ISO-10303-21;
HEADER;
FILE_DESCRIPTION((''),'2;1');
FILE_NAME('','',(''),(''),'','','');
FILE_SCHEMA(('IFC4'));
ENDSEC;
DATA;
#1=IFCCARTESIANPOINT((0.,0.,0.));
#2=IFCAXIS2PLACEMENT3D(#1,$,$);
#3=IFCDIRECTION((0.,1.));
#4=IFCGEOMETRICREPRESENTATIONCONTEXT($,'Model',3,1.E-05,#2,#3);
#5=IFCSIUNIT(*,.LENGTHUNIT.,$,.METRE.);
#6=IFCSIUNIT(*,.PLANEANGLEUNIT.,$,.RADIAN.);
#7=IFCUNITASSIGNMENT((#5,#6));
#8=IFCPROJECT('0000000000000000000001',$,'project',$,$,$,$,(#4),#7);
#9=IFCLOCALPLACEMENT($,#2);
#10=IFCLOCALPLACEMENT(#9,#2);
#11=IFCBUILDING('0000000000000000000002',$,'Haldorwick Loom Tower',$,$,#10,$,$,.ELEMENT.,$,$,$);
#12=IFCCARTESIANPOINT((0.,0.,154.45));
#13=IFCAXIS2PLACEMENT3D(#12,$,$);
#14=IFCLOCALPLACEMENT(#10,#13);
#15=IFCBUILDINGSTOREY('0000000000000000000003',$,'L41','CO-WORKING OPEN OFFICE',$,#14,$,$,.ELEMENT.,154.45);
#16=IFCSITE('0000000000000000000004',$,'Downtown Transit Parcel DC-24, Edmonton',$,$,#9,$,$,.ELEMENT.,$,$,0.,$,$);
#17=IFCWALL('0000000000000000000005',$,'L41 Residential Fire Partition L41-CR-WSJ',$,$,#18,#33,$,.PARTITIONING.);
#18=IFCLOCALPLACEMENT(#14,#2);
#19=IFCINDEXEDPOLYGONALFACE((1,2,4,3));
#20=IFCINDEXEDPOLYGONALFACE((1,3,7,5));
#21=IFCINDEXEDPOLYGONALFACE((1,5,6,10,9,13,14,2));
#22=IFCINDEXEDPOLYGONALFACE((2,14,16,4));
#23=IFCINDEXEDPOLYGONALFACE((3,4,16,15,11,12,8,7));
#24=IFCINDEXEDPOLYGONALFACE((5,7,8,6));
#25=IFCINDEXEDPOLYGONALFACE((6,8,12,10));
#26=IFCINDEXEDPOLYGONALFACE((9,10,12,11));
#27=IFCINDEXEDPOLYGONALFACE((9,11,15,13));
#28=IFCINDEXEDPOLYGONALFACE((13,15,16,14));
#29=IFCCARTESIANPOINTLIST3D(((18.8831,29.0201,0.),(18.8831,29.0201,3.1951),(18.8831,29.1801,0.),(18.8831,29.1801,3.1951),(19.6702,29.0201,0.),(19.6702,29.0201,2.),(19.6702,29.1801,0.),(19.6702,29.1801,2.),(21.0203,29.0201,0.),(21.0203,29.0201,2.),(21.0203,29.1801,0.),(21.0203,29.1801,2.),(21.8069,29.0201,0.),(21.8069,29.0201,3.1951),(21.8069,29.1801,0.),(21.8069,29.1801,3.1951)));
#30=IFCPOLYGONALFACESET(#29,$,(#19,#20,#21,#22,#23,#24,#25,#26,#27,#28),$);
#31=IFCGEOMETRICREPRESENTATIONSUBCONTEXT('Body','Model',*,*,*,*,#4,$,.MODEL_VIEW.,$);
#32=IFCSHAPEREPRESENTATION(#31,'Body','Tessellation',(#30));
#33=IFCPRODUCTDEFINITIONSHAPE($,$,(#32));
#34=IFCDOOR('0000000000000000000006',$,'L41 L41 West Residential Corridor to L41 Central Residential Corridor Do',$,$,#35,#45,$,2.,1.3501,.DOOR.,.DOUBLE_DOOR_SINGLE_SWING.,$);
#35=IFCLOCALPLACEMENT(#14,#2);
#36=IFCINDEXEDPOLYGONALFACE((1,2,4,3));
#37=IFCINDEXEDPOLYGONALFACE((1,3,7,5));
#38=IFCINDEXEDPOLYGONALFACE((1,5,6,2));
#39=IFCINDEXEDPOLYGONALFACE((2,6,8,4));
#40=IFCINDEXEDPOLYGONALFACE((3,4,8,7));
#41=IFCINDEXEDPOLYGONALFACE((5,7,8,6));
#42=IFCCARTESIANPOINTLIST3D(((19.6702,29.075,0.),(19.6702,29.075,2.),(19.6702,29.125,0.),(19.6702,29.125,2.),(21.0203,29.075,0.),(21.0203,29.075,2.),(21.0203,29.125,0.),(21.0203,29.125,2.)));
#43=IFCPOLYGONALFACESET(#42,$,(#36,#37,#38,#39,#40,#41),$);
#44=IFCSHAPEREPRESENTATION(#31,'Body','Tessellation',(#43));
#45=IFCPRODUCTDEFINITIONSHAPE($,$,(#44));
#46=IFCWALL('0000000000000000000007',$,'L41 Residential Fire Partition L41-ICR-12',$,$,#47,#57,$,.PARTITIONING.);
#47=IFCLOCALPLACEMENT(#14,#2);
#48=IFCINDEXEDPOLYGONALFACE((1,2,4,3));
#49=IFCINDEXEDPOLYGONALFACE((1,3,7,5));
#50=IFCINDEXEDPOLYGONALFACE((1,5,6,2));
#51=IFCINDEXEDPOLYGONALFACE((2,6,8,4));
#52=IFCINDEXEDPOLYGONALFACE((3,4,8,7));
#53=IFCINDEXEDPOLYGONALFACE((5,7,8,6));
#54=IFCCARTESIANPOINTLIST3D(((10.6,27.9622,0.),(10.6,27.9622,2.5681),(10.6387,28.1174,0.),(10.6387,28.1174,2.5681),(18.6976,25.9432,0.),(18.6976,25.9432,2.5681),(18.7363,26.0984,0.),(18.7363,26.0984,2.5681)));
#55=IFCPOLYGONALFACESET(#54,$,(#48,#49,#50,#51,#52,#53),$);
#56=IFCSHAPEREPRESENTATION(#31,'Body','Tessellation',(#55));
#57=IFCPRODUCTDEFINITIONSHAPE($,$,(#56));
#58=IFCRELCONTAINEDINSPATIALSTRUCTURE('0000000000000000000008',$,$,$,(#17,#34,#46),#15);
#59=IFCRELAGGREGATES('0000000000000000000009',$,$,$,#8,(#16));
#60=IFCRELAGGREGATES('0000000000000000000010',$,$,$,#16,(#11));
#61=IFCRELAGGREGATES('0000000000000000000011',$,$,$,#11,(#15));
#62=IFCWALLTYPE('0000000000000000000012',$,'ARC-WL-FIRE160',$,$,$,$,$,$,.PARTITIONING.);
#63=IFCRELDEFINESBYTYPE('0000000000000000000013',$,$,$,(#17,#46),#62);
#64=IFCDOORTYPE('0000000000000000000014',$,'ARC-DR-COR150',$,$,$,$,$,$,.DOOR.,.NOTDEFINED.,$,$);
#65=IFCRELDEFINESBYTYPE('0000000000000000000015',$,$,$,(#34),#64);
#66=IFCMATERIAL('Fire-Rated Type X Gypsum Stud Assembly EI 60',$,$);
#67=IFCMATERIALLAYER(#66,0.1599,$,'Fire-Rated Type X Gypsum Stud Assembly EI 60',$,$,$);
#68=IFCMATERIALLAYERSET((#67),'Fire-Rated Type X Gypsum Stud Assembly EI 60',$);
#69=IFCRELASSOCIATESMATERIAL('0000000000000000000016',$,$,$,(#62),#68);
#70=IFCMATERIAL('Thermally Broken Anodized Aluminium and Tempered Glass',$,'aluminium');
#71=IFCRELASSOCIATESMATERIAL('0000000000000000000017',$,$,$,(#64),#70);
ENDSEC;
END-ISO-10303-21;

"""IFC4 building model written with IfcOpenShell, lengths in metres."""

from ifc_helpers import new_model, si_unit, direction, frame, frame_2d, origin, place, context, subcontext, project, spatial, rectangle, extrude, material, layer, layer_set, type_object, element, fill, save


model = new_model("IFC4")

# Units and contexts
model_context = context("Model", 3, precision=1e-05, world=origin(), true_north=direction((0.0, 1.0)))
body_context = subcontext(model_context, "Body", "Model", "MODEL_VIEW")
ifc_project = project(units=[si_unit("LENGTHUNIT", "METRE"), si_unit("PLANEANGLEUNIT", "RADIAN")], contexts=[model_context])

# Site, building, storey
site_placement = place(None, origin())
site = spatial("IfcSite", under=ifc_project, at=site_placement, Name="Downtown Transit Parcel DC-24, Edmonton", CompositionType="ELEMENT", RefElevation=0.0)
building_placement = place(site_placement, origin())
building = spatial("IfcBuilding", under=site, at=building_placement, Name="Haldorwick Loom Tower", CompositionType="ELEMENT")
storey_placement = place(building_placement, frame((0.0, 0.0, 154.45)))
storey = spatial("IfcBuildingStorey", under=building, at=storey_placement, Name="L41", Description="CO-WORKING OPEN OFFICE", CompositionType="ELEMENT", Elevation=154.45)

# Shared definitions
ifc_material_1 = material(Name="Fire-Rated Type X Gypsum Stud Assembly EI 60")
ifc_layer_1 = layer(ifc_material_1, 0.1599, Name="Fire-Rated Type X Gypsum Stud Assembly EI 60")
ifc_layer_set_1 = layer_set([ifc_layer_1], Name="Fire-Rated Type X Gypsum Stud Assembly EI 60")
wall_type_1 = type_object("IfcWallType", Name="ARC-WL-FIRE160", PredefinedType="PARTITIONING", material=ifc_layer_set_1)

# Wall, opening, door
wall_1_placement = place(storey_placement, frame((18.8831, 29.1001, 0.0), z_axis=(0.0, 0.0, 1.0), x_axis=(1.0, 0.0, 0.0)))
wall_1 = element("IfcWall", 1, at=wall_1_placement, inside=storey, type_object=wall_type_1, Name="L41 Residential Fire Partition L41-CR-WSJ", PredefinedType="PARTITIONING", context=body_context, shape_type="SweptSolid", body=[
    extrude(rectangle(XDim=2.9238, YDim=0.1599, at=frame_2d((1.4619, 0.0))), origin(), (0.0, 0.0, 1.0), 3.1951),
])
opening_1_placement = place(wall_1_placement, frame((0.7871, 0.0, 0.0)))
opening_1 = element("IfcOpeningElement", 2, at=opening_1_placement, cuts=wall_1, PredefinedType="OPENING", context=body_context, shape_type="SweptSolid", body=[
    extrude(rectangle(XDim=1.3501, YDim=2.0, at=frame_2d((0.675, 1.0))), frame((0.0, 0.0898, 0.0), z_axis=(0.0, -1.0, 0.0), x_axis=(1.0, 0.0, 0.0)), (0.0, 0.0, 1.0), 0.1799),
])
ifc_material_2 = material(Name="Thermally Broken Anodized Aluminium and Tempered Glass", Category="aluminium")
door_type_1 = type_object("IfcDoorType", Name="ARC-DR-COR150", OperationType="NOTDEFINED", PredefinedType="DOOR", material=ifc_material_2)
door_1_placement = place(opening_1_placement, origin())
door_1 = element("IfcDoor", 3, at=door_1_placement, inside=storey, type_object=door_type_1, Name="L41 L41 West Residential Corridor to L41 Central Residential Corridor Do", OperationType="DOUBLE_DOOR_SINGLE_SWING", OverallHeight=2.0, OverallWidth=1.3501, PredefinedType="DOOR", context=body_context, shape_type="SweptSolid", body=[
    extrude(rectangle(XDim=1.3501, YDim=2.0, at=frame_2d((0.675, 1.0))), frame((0.0, 0.0249, 0.0), z_axis=(0.0, -1.0, 0.0), x_axis=(1.0, 0.0, 0.0)), (0.0, 0.0, 1.0), 0.05),
])
fill(opening_1, door_1)

# Wall
wall_2_placement = place(storey_placement, frame((18.717, 26.0208, 0.0), z_axis=(0.0, 0.0, 1.0), x_axis=(-0.970294, 0.24193, 0.0)))
element("IfcWall", 4, at=wall_2_placement, inside=storey, type_object=wall_type_1, Name="L41 Residential Fire Partition L41-ICR-12", PredefinedType="PARTITIONING", context=body_context, shape_type="SweptSolid", body=[
    extrude(rectangle(XDim=8.3455, YDim=0.1599, at=frame_2d((4.1729, 0.0))), origin(), (0.0, 0.0, 1.0), 2.5681),
])

save(model, "model.ifc")
